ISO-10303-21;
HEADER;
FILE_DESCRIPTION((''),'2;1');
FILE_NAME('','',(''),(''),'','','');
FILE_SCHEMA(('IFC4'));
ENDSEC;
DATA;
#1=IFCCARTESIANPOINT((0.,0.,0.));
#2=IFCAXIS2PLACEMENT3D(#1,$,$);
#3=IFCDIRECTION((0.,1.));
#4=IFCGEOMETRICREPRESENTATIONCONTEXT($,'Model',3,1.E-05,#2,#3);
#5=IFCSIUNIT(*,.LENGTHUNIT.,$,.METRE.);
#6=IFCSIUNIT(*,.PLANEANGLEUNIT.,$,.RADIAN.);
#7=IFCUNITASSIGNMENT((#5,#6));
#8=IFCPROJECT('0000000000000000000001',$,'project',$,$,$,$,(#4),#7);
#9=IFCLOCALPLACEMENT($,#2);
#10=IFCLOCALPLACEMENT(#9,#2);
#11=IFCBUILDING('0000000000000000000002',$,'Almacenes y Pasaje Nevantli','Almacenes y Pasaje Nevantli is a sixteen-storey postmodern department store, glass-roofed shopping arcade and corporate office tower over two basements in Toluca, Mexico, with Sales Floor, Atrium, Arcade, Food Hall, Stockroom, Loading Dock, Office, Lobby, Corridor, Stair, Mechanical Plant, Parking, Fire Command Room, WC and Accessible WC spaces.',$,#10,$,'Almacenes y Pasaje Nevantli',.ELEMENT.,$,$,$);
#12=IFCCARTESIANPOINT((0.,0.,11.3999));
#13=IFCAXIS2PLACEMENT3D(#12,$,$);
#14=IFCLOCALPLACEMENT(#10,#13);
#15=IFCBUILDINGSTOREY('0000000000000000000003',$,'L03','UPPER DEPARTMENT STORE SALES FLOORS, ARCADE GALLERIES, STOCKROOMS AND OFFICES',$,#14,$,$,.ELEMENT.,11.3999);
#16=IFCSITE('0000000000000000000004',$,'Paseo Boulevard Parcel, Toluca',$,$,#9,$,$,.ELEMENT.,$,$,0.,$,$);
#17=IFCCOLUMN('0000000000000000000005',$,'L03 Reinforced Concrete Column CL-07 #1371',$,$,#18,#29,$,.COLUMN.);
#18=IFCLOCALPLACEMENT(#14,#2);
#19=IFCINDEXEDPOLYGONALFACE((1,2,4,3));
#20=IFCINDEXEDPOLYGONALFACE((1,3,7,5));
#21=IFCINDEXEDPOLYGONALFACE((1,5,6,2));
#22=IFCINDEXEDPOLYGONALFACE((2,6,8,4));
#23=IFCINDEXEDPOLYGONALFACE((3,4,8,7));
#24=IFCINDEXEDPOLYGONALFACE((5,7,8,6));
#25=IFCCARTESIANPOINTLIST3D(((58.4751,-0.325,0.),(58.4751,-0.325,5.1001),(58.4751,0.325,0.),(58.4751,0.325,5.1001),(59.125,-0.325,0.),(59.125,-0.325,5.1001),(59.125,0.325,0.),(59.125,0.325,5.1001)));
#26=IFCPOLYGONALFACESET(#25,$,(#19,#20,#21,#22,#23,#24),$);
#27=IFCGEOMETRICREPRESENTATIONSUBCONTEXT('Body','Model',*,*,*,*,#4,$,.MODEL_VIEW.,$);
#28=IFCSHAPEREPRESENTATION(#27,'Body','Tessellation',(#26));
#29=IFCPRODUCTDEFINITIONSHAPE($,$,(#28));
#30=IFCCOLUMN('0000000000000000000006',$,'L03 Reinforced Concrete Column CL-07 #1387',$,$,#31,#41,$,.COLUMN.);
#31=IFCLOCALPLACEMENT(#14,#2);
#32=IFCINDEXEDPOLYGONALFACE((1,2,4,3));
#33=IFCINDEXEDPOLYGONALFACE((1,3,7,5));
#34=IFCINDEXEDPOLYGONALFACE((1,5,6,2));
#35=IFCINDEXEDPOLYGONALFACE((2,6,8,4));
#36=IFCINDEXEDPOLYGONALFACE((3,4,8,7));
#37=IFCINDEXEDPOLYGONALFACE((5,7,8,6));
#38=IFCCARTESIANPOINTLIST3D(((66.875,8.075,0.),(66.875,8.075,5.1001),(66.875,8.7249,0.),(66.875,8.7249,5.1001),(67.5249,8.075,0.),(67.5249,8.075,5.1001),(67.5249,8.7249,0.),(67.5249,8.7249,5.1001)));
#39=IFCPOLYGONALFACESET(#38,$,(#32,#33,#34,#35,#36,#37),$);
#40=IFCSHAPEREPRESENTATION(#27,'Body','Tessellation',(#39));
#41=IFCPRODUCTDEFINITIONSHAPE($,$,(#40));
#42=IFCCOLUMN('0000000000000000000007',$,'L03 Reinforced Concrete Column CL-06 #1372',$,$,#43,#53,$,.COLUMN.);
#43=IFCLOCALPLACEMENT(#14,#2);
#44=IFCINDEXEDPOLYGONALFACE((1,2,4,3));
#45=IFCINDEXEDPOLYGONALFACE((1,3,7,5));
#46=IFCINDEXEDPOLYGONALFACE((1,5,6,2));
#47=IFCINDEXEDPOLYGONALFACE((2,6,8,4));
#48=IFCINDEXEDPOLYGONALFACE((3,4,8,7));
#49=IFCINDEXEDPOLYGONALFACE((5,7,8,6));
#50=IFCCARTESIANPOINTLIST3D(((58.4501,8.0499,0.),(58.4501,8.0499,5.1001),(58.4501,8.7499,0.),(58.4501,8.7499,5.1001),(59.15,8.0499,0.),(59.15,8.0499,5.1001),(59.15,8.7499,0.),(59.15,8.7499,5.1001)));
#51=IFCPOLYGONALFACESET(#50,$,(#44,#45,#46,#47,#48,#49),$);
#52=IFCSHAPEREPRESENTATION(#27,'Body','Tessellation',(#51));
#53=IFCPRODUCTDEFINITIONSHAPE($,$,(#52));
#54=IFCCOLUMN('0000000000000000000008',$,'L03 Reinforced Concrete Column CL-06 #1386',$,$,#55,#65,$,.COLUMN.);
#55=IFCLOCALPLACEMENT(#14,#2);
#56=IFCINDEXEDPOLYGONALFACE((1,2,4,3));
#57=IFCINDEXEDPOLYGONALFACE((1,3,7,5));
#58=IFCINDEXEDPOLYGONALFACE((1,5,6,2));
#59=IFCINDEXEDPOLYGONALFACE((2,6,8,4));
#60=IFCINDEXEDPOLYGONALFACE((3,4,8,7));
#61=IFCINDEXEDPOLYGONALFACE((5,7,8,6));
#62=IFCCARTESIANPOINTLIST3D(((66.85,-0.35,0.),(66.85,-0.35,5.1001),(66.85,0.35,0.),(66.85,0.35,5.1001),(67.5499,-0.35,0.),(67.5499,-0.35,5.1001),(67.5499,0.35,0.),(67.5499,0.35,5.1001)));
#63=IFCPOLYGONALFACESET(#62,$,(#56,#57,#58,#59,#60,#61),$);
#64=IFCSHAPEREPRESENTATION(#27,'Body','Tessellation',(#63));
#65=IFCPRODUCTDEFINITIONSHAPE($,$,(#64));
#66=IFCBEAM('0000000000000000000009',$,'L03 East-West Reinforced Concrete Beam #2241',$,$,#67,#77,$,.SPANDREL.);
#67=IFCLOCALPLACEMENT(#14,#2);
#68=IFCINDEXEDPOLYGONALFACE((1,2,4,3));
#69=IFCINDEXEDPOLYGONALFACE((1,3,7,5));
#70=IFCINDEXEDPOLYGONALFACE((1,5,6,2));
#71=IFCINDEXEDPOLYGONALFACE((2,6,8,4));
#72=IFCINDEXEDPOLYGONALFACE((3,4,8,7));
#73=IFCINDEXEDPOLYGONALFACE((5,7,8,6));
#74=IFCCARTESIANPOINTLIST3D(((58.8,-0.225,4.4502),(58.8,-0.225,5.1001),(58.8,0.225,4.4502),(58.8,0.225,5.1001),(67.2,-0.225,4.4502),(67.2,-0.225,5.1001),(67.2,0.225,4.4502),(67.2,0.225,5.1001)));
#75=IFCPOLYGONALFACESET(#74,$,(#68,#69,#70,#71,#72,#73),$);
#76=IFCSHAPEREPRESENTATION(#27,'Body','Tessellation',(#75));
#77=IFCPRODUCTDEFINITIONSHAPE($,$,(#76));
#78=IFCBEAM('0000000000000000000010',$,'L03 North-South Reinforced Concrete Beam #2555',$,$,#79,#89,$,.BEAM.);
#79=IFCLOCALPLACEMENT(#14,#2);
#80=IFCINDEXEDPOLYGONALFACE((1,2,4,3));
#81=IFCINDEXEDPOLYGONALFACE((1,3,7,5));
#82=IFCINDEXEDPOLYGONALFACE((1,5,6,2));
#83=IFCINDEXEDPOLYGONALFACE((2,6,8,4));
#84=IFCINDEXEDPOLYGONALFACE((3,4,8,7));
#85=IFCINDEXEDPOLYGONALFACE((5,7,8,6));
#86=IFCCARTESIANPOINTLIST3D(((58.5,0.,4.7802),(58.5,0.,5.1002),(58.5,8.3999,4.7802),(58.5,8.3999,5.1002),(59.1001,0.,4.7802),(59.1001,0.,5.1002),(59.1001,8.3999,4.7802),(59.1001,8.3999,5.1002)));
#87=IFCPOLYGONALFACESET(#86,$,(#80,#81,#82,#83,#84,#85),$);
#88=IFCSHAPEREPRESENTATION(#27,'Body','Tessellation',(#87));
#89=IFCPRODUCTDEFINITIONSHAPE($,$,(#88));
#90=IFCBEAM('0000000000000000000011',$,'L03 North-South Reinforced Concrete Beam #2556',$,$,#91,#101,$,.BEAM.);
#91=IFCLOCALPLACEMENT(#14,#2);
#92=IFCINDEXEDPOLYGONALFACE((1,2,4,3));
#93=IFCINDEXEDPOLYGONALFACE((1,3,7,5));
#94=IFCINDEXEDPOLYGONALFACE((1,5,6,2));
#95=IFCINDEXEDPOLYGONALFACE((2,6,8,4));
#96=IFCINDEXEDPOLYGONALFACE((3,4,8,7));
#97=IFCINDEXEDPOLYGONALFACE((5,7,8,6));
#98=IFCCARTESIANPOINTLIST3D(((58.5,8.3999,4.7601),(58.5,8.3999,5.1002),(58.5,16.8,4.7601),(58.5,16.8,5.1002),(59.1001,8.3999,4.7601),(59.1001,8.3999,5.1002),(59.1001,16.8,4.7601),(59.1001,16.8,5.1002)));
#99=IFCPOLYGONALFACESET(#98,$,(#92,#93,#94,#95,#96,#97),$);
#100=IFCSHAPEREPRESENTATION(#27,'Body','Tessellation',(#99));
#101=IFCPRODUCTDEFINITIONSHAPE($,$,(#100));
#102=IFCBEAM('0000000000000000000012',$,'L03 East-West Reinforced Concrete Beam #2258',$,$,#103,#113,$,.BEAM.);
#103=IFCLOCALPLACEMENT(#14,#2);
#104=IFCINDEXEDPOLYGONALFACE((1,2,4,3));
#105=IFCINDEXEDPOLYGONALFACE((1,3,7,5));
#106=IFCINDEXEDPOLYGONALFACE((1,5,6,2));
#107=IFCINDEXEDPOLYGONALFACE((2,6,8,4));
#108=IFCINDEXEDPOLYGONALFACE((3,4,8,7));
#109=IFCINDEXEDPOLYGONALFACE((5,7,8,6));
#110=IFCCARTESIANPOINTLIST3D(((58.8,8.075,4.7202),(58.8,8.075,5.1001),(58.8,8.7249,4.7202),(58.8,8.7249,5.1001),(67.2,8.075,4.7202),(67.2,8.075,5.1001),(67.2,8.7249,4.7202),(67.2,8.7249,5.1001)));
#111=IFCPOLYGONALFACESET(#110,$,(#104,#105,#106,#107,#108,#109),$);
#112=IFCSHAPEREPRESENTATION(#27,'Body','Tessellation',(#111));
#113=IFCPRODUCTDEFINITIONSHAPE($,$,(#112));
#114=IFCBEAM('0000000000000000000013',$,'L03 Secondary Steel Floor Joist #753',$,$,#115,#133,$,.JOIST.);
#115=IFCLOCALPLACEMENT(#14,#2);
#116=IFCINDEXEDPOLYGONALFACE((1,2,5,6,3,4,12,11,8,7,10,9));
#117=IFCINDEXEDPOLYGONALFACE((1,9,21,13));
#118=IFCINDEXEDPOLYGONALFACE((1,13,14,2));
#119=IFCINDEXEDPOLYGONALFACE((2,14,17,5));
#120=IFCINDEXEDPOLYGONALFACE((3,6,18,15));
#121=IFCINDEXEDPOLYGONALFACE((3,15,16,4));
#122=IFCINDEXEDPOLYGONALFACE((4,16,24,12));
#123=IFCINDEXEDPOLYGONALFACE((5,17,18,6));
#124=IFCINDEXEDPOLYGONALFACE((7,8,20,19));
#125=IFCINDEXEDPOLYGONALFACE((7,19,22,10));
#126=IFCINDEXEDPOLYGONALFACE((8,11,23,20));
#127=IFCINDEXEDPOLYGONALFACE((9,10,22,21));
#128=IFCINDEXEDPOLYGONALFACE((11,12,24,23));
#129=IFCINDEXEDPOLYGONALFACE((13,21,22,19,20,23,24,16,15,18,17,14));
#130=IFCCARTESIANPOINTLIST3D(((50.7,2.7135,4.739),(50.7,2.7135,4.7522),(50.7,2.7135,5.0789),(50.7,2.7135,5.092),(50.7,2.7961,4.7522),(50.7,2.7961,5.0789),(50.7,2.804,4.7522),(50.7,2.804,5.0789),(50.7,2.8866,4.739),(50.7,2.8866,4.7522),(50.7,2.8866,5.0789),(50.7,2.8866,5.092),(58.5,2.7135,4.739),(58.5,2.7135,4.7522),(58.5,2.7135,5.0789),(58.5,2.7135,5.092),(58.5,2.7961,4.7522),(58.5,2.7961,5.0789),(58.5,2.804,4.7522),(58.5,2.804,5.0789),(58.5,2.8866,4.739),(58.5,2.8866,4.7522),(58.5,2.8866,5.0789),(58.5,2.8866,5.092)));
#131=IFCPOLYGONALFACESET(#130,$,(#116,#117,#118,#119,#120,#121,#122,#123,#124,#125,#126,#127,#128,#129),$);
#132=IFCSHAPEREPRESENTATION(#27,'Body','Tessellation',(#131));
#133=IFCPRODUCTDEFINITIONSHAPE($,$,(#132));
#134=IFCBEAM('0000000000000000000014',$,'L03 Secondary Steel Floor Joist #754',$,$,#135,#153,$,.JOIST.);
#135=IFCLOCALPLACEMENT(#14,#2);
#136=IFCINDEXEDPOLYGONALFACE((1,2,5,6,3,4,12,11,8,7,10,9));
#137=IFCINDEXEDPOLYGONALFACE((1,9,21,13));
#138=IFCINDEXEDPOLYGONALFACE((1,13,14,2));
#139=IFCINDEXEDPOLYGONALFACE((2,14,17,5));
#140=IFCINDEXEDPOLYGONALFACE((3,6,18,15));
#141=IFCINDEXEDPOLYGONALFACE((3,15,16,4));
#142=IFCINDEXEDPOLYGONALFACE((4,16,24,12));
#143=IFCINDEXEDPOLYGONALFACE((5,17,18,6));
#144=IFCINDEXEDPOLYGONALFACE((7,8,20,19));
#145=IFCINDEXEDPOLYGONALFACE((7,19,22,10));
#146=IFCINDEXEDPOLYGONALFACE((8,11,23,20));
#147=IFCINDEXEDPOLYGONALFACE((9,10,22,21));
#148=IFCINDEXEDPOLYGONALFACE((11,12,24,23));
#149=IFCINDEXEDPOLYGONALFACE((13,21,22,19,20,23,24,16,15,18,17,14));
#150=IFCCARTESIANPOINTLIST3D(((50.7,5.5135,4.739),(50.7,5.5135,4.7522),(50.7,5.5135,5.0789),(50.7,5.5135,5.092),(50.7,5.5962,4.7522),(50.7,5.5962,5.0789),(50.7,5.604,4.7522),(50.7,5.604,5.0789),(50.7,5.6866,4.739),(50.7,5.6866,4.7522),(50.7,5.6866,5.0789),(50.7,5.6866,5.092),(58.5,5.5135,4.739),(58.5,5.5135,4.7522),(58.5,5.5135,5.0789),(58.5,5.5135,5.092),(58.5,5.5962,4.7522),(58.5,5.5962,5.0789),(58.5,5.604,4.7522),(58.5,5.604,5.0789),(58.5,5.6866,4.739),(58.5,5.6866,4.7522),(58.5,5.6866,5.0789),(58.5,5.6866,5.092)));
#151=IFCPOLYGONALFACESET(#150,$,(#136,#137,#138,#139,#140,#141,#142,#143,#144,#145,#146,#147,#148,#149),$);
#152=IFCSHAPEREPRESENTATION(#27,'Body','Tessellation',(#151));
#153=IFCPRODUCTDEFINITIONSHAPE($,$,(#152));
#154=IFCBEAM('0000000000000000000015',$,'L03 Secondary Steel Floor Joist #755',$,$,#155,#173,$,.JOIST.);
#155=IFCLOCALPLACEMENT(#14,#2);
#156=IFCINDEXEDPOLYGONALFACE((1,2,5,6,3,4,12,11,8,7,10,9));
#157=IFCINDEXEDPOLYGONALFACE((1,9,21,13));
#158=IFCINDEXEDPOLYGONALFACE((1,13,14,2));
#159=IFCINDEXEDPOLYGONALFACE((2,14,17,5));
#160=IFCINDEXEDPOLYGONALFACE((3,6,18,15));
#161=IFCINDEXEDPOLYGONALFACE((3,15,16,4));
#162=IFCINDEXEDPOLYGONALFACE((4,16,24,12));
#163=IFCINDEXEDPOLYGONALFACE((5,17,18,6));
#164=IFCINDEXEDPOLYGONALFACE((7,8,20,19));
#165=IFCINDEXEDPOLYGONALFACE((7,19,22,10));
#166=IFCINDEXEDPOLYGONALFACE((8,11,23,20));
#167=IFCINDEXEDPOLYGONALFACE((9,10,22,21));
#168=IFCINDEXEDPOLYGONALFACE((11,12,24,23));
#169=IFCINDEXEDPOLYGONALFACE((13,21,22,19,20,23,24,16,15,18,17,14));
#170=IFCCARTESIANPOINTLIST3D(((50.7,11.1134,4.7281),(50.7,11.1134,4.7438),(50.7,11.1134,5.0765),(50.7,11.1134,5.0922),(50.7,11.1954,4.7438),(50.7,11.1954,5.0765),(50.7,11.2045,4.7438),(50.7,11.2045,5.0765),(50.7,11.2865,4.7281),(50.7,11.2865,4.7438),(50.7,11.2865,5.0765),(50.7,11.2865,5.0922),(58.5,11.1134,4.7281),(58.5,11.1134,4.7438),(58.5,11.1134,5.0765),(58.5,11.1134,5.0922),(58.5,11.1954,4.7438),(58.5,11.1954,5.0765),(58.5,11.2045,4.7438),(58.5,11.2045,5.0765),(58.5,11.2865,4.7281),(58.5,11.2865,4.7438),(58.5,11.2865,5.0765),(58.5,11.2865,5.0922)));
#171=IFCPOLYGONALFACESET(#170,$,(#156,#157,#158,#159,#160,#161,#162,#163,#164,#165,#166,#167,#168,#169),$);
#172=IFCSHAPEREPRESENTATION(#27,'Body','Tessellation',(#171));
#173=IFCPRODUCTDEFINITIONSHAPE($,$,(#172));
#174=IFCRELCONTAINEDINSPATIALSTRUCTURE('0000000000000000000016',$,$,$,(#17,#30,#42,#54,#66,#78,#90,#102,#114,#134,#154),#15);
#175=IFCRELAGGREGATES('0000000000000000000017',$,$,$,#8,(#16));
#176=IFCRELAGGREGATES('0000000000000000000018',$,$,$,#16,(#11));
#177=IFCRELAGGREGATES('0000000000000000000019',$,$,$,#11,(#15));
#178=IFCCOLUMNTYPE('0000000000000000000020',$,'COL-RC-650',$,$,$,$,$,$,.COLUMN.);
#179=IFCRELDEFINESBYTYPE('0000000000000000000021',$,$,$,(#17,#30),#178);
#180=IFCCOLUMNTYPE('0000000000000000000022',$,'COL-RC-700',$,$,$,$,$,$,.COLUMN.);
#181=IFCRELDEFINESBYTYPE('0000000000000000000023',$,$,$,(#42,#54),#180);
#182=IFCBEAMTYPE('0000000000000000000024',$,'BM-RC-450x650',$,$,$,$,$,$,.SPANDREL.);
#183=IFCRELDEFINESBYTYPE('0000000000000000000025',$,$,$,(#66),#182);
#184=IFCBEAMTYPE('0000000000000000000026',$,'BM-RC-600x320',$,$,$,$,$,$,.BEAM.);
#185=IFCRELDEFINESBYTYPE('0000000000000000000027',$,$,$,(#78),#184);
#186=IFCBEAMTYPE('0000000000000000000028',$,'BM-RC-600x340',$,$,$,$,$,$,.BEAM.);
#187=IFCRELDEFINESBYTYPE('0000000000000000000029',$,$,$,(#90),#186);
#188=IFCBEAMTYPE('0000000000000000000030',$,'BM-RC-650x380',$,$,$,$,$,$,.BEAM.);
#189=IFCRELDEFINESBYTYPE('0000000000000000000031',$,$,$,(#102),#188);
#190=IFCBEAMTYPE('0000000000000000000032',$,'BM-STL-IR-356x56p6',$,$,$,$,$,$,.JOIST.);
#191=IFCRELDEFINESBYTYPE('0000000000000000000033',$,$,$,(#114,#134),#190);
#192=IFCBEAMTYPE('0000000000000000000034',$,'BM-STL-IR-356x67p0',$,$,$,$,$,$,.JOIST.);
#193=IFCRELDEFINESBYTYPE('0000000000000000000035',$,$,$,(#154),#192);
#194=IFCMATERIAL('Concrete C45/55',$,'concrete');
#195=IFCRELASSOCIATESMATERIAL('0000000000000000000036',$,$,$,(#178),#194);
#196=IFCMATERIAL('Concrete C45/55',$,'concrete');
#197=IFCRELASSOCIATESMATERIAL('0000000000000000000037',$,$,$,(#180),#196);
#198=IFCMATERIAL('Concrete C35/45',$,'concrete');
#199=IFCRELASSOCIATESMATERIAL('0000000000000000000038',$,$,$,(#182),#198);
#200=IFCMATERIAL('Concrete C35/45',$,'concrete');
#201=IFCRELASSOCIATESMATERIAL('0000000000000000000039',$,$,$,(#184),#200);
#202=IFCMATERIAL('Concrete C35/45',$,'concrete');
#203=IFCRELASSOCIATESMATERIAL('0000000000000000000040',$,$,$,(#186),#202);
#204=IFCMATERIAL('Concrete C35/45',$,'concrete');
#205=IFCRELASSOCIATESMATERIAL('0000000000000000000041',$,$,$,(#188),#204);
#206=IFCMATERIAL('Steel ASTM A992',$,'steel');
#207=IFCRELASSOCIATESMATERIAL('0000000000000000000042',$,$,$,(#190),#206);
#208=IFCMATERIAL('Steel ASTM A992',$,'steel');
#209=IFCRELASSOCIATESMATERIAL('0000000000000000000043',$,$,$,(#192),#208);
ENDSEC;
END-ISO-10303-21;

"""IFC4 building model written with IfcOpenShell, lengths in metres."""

from ifc_helpers import new_model, si_unit, direction, frame, origin, origin_2d, place, context, subcontext, project, spatial, rectangle, i_section, extrude, material, material_profile, profile_set, type_object, element, save


model = new_model("IFC4")

# Units and contexts
model_context = context("Model", 3, precision=1e-05, world=origin(), true_north=direction((0.0, 1.0)))
body_context = subcontext(model_context, "Body", "Model", "MODEL_VIEW")
ifc_project = project(units=[si_unit("LENGTHUNIT", "METRE"), si_unit("PLANEANGLEUNIT", "RADIAN")], contexts=[model_context])

# Site, building, storey
site_placement = place(None, origin())
site = spatial("IfcSite", under=ifc_project, at=site_placement, Name="Paseo Boulevard Parcel, Toluca", CompositionType="ELEMENT", RefElevation=0.0)
building_placement = place(site_placement, origin())
building = spatial("IfcBuilding", under=site, at=building_placement, Name="Almacenes y Pasaje Nevantli", Description="Almacenes y Pasaje Nevantli is a sixteen-storey postmodern department store, glass-roofed shopping arcade and corporate office tower over two basements in Toluca, Mexico, with Sales Floor, Atrium, Arcade, Food Hall, Stockroom, Loading Dock, Office, Lobby, Corridor, Stair, Mechanical Plant, Parking, Fire Command Room, WC and Accessible WC spaces.", LongName="Almacenes y Pasaje Nevantli", CompositionType="ELEMENT")
storey_placement = place(building_placement, frame((0.0, 0.0, 11.3999)))
storey = spatial("IfcBuildingStorey", under=building, at=storey_placement, Name="L03", Description="UPPER DEPARTMENT STORE SALES FLOORS, ARCADE GALLERIES, STOCKROOMS AND OFFICES", CompositionType="ELEMENT", Elevation=11.3999)

# Columns
ifc_material_1 = material(Name="Concrete C45/55", Category="concrete")
ifc_material_profile_1 = material_profile(ifc_material_1, rectangle(XDim=0.6499, YDim=0.6499, at=origin_2d()), Name="RC-COL-650x650")
ifc_profile_set_1 = profile_set([ifc_material_profile_1], Name="Concrete C45/55")
column_type_1 = type_object("IfcColumnType", Name="COL-RC-650", PredefinedType="COLUMN", material=ifc_profile_set_1)
for number, where, z_axis, x_axis, name in (
    (1, (58.8, 0.0, 0.0), (0.0, 0.0, 1.0), (1.0, 0.0, 0.0), "L03 Reinforced Concrete Column CL-07 #1371"),
    (2, (67.2, 8.3999, 0.0), (0.0, 0.0, 1.0), (1.0, 0.0, 0.0), "L03 Reinforced Concrete Column CL-07 #1387"),
):
    element("IfcColumn", number, at=place(storey_placement, frame(where, z_axis=z_axis, x_axis=x_axis)), inside=storey, type_object=column_type_1, Name=name, PredefinedType="COLUMN", context=body_context, shape_type="SweptSolid", body=[
        extrude(rectangle(XDim=0.6499, YDim=0.6499, at=origin_2d()), origin(), (0.0, 0.0, 1.0), 5.1001),
    ])
ifc_material_2 = material(Name="Concrete C45/55", Category="concrete")
ifc_material_profile_2 = material_profile(ifc_material_2, rectangle(XDim=0.7, YDim=0.7, at=origin_2d()), Name="RC-COL-700x700")
ifc_profile_set_2 = profile_set([ifc_material_profile_2], Name="Concrete C45/55")
column_type_2 = type_object("IfcColumnType", Name="COL-RC-700", PredefinedType="COLUMN", material=ifc_profile_set_2)
for number, where, z_axis, x_axis, name in (
    (3, (58.8, 8.3999, 0.0), (0.0, 0.0, 1.0), (1.0, 0.0, 0.0), "L03 Reinforced Concrete Column CL-06 #1372"),
    (4, (67.2, 0.0, 0.0), (0.0, 0.0, 1.0), (1.0, 0.0, 0.0), "L03 Reinforced Concrete Column CL-06 #1386"),
):
    element("IfcColumn", number, at=place(storey_placement, frame(where, z_axis=z_axis, x_axis=x_axis)), inside=storey, type_object=column_type_2, Name=name, PredefinedType="COLUMN", context=body_context, shape_type="SweptSolid", body=[
        extrude(rectangle(XDim=0.7, YDim=0.7, at=origin_2d()), origin(), (0.0, 0.0, 1.0), 5.1001),
    ])

# Beams
ifc_material_3 = material(Name="Concrete C35/45", Category="concrete")
ifc_material_profile_3 = material_profile(ifc_material_3, rectangle(XDim=0.45, YDim=0.6499, at=origin_2d()), Name="RC-BM-450x650")
ifc_profile_set_3 = profile_set([ifc_material_profile_3], Name="Concrete C35/45")
beam_type_1 = type_object("IfcBeamType", Name="BM-RC-450x650", PredefinedType="SPANDREL", material=ifc_profile_set_3)
beam_1_placement = place(storey_placement, frame((58.8, 0.0, 4.7751), z_axis=(1.0, 0.0, 0.0), x_axis=(0.0, 1.0, 0.0)))
element("IfcBeam", 5, at=beam_1_placement, inside=storey, type_object=beam_type_1, Name="L03 East-West Reinforced Concrete Beam #2241", PredefinedType="SPANDREL", context=body_context, shape_type="SweptSolid", body=[
    extrude(rectangle(XDim=0.45, YDim=0.6499, at=origin_2d()), origin(), (0.0, 0.0, 1.0), 8.3999),
])
ifc_material_4 = material(Name="Concrete C35/45", Category="concrete")
ifc_material_profile_4 = material_profile(ifc_material_4, rectangle(XDim=0.6001, YDim=0.3201, at=origin_2d()), Name="RC-BM-600x320")
ifc_profile_set_4 = profile_set([ifc_material_profile_4], Name="Concrete C35/45")
beam_type_2 = type_object("IfcBeamType", Name="BM-RC-600x320", PredefinedType="BEAM", material=ifc_profile_set_4)
beam_2_placement = place(storey_placement, frame((58.8, 0.0, 4.9402), z_axis=(0.0, 1.0, 0.0), x_axis=(-1.0, 0.0, 0.0)))
element("IfcBeam", 6, at=beam_2_placement, inside=storey, type_object=beam_type_2, Name="L03 North-South Reinforced Concrete Beam #2555", PredefinedType="BEAM", context=body_context, shape_type="SweptSolid", body=[
    extrude(rectangle(XDim=0.6001, YDim=0.3201, at=origin_2d()), origin(), (0.0, 0.0, 1.0), 8.3999),
])
ifc_material_5 = material(Name="Concrete C35/45", Category="concrete")
ifc_material_profile_5 = material_profile(ifc_material_5, rectangle(XDim=0.6001, YDim=0.3401, at=origin_2d()), Name="RC-BM-600x340")
ifc_profile_set_5 = profile_set([ifc_material_profile_5], Name="Concrete C35/45")
beam_type_3 = type_object("IfcBeamType", Name="BM-RC-600x340", PredefinedType="BEAM", material=ifc_profile_set_5)
beam_3_placement = place(storey_placement, frame((58.8, 8.3999, 4.9302), z_axis=(0.0, 1.0, 0.0), x_axis=(-1.0, 0.0, 0.0)))
element("IfcBeam", 7, at=beam_3_placement, inside=storey, type_object=beam_type_3, Name="L03 North-South Reinforced Concrete Beam #2556", PredefinedType="BEAM", context=body_context, shape_type="SweptSolid", body=[
    extrude(rectangle(XDim=0.6001, YDim=0.3401, at=origin_2d()), origin(), (0.0, 0.0, 1.0), 8.4001),
])
ifc_material_6 = material(Name="Concrete C35/45", Category="concrete")
ifc_material_profile_6 = material_profile(ifc_material_6, rectangle(XDim=0.6499, YDim=0.3799, at=origin_2d()), Name="RC-BM-650x380")
ifc_profile_set_6 = profile_set([ifc_material_profile_6], Name="Concrete C35/45")
beam_type_4 = type_object("IfcBeamType", Name="BM-RC-650x380", PredefinedType="BEAM", material=ifc_profile_set_6)
beam_4_placement = place(storey_placement, frame((58.8, 8.3999, 4.9102), z_axis=(1.0, 0.0, 0.0), x_axis=(0.0, 1.0, 0.0)))
element("IfcBeam", 8, at=beam_4_placement, inside=storey, type_object=beam_type_4, Name="L03 East-West Reinforced Concrete Beam #2258", PredefinedType="BEAM", context=body_context, shape_type="SweptSolid", body=[
    extrude(rectangle(XDim=0.6499, YDim=0.3799, at=origin_2d()), origin(), (0.0, 0.0, 1.0), 8.3999),
])
ifc_material_7 = material(Name="Steel ASTM A992", Category="steel")
ifc_material_profile_7 = material_profile(ifc_material_7, i_section(OverallWidth=0.1731, OverallDepth=0.353, WebThickness=0.0078, FlangeThickness=0.0132, at=origin_2d()), Name="IR 356x56.6")
ifc_profile_set_7 = profile_set([ifc_material_profile_7], Name="Steel ASTM A992")
beam_type_5 = type_object("IfcBeamType", Name="BM-STL-IR-356x56p6", PredefinedType="JOIST", material=ifc_profile_set_7)
for number, where, z_axis, x_axis, name in (
    (9, (50.7, 2.8, 4.9155), (1.0, 0.0, 0.0), (0.0, 1.0, 0.0), "L03 Secondary Steel Floor Joist #753"),
    (10, (50.7, 5.6001, 4.9155), (1.0, 0.0, 0.0), (0.0, 1.0, 0.0), "L03 Secondary Steel Floor Joist #754"),
):
    element("IfcBeam", number, at=place(storey_placement, frame(where, z_axis=z_axis, x_axis=x_axis)), inside=storey, type_object=beam_type_5, Name=name, PredefinedType="JOIST", context=body_context, shape_type="SweptSolid", body=[
        extrude(i_section(OverallWidth=0.1731, OverallDepth=0.353, WebThickness=0.0078, FlangeThickness=0.0132, at=origin_2d()), origin(), (0.0, 0.0, 1.0), 7.8),
    ])
ifc_material_8 = material(Name="Steel ASTM A992", Category="steel")
ifc_material_profile_8 = material_profile(ifc_material_8, i_section(OverallWidth=0.1731, OverallDepth=0.364, WebThickness=0.009, FlangeThickness=0.0156, at=origin_2d()), Name="IR 356x67.0")
ifc_profile_set_8 = profile_set([ifc_material_profile_8], Name="Steel ASTM A992")
beam_type_6 = type_object("IfcBeamType", Name="BM-STL-IR-356x67p0", PredefinedType="JOIST", material=ifc_profile_set_8)
for number, where, z_axis, x_axis, name in (
    (11, (50.7, 11.2, 4.9102), (1.0, 0.0, 0.0), (0.0, 1.0, 0.0), "L03 Secondary Steel Floor Joist #755"),
):
    element("IfcBeam", number, at=place(storey_placement, frame(where, z_axis=z_axis, x_axis=x_axis)), inside=storey, type_object=beam_type_6, Name=name, PredefinedType="JOIST", context=body_context, shape_type="SweptSolid", body=[
        extrude(i_section(OverallWidth=0.1731, OverallDepth=0.364, WebThickness=0.009, FlangeThickness=0.0156, at=origin_2d()), origin(), (0.0, 0.0, 1.0), 7.8),
    ])

save(model, "model.ifc")
